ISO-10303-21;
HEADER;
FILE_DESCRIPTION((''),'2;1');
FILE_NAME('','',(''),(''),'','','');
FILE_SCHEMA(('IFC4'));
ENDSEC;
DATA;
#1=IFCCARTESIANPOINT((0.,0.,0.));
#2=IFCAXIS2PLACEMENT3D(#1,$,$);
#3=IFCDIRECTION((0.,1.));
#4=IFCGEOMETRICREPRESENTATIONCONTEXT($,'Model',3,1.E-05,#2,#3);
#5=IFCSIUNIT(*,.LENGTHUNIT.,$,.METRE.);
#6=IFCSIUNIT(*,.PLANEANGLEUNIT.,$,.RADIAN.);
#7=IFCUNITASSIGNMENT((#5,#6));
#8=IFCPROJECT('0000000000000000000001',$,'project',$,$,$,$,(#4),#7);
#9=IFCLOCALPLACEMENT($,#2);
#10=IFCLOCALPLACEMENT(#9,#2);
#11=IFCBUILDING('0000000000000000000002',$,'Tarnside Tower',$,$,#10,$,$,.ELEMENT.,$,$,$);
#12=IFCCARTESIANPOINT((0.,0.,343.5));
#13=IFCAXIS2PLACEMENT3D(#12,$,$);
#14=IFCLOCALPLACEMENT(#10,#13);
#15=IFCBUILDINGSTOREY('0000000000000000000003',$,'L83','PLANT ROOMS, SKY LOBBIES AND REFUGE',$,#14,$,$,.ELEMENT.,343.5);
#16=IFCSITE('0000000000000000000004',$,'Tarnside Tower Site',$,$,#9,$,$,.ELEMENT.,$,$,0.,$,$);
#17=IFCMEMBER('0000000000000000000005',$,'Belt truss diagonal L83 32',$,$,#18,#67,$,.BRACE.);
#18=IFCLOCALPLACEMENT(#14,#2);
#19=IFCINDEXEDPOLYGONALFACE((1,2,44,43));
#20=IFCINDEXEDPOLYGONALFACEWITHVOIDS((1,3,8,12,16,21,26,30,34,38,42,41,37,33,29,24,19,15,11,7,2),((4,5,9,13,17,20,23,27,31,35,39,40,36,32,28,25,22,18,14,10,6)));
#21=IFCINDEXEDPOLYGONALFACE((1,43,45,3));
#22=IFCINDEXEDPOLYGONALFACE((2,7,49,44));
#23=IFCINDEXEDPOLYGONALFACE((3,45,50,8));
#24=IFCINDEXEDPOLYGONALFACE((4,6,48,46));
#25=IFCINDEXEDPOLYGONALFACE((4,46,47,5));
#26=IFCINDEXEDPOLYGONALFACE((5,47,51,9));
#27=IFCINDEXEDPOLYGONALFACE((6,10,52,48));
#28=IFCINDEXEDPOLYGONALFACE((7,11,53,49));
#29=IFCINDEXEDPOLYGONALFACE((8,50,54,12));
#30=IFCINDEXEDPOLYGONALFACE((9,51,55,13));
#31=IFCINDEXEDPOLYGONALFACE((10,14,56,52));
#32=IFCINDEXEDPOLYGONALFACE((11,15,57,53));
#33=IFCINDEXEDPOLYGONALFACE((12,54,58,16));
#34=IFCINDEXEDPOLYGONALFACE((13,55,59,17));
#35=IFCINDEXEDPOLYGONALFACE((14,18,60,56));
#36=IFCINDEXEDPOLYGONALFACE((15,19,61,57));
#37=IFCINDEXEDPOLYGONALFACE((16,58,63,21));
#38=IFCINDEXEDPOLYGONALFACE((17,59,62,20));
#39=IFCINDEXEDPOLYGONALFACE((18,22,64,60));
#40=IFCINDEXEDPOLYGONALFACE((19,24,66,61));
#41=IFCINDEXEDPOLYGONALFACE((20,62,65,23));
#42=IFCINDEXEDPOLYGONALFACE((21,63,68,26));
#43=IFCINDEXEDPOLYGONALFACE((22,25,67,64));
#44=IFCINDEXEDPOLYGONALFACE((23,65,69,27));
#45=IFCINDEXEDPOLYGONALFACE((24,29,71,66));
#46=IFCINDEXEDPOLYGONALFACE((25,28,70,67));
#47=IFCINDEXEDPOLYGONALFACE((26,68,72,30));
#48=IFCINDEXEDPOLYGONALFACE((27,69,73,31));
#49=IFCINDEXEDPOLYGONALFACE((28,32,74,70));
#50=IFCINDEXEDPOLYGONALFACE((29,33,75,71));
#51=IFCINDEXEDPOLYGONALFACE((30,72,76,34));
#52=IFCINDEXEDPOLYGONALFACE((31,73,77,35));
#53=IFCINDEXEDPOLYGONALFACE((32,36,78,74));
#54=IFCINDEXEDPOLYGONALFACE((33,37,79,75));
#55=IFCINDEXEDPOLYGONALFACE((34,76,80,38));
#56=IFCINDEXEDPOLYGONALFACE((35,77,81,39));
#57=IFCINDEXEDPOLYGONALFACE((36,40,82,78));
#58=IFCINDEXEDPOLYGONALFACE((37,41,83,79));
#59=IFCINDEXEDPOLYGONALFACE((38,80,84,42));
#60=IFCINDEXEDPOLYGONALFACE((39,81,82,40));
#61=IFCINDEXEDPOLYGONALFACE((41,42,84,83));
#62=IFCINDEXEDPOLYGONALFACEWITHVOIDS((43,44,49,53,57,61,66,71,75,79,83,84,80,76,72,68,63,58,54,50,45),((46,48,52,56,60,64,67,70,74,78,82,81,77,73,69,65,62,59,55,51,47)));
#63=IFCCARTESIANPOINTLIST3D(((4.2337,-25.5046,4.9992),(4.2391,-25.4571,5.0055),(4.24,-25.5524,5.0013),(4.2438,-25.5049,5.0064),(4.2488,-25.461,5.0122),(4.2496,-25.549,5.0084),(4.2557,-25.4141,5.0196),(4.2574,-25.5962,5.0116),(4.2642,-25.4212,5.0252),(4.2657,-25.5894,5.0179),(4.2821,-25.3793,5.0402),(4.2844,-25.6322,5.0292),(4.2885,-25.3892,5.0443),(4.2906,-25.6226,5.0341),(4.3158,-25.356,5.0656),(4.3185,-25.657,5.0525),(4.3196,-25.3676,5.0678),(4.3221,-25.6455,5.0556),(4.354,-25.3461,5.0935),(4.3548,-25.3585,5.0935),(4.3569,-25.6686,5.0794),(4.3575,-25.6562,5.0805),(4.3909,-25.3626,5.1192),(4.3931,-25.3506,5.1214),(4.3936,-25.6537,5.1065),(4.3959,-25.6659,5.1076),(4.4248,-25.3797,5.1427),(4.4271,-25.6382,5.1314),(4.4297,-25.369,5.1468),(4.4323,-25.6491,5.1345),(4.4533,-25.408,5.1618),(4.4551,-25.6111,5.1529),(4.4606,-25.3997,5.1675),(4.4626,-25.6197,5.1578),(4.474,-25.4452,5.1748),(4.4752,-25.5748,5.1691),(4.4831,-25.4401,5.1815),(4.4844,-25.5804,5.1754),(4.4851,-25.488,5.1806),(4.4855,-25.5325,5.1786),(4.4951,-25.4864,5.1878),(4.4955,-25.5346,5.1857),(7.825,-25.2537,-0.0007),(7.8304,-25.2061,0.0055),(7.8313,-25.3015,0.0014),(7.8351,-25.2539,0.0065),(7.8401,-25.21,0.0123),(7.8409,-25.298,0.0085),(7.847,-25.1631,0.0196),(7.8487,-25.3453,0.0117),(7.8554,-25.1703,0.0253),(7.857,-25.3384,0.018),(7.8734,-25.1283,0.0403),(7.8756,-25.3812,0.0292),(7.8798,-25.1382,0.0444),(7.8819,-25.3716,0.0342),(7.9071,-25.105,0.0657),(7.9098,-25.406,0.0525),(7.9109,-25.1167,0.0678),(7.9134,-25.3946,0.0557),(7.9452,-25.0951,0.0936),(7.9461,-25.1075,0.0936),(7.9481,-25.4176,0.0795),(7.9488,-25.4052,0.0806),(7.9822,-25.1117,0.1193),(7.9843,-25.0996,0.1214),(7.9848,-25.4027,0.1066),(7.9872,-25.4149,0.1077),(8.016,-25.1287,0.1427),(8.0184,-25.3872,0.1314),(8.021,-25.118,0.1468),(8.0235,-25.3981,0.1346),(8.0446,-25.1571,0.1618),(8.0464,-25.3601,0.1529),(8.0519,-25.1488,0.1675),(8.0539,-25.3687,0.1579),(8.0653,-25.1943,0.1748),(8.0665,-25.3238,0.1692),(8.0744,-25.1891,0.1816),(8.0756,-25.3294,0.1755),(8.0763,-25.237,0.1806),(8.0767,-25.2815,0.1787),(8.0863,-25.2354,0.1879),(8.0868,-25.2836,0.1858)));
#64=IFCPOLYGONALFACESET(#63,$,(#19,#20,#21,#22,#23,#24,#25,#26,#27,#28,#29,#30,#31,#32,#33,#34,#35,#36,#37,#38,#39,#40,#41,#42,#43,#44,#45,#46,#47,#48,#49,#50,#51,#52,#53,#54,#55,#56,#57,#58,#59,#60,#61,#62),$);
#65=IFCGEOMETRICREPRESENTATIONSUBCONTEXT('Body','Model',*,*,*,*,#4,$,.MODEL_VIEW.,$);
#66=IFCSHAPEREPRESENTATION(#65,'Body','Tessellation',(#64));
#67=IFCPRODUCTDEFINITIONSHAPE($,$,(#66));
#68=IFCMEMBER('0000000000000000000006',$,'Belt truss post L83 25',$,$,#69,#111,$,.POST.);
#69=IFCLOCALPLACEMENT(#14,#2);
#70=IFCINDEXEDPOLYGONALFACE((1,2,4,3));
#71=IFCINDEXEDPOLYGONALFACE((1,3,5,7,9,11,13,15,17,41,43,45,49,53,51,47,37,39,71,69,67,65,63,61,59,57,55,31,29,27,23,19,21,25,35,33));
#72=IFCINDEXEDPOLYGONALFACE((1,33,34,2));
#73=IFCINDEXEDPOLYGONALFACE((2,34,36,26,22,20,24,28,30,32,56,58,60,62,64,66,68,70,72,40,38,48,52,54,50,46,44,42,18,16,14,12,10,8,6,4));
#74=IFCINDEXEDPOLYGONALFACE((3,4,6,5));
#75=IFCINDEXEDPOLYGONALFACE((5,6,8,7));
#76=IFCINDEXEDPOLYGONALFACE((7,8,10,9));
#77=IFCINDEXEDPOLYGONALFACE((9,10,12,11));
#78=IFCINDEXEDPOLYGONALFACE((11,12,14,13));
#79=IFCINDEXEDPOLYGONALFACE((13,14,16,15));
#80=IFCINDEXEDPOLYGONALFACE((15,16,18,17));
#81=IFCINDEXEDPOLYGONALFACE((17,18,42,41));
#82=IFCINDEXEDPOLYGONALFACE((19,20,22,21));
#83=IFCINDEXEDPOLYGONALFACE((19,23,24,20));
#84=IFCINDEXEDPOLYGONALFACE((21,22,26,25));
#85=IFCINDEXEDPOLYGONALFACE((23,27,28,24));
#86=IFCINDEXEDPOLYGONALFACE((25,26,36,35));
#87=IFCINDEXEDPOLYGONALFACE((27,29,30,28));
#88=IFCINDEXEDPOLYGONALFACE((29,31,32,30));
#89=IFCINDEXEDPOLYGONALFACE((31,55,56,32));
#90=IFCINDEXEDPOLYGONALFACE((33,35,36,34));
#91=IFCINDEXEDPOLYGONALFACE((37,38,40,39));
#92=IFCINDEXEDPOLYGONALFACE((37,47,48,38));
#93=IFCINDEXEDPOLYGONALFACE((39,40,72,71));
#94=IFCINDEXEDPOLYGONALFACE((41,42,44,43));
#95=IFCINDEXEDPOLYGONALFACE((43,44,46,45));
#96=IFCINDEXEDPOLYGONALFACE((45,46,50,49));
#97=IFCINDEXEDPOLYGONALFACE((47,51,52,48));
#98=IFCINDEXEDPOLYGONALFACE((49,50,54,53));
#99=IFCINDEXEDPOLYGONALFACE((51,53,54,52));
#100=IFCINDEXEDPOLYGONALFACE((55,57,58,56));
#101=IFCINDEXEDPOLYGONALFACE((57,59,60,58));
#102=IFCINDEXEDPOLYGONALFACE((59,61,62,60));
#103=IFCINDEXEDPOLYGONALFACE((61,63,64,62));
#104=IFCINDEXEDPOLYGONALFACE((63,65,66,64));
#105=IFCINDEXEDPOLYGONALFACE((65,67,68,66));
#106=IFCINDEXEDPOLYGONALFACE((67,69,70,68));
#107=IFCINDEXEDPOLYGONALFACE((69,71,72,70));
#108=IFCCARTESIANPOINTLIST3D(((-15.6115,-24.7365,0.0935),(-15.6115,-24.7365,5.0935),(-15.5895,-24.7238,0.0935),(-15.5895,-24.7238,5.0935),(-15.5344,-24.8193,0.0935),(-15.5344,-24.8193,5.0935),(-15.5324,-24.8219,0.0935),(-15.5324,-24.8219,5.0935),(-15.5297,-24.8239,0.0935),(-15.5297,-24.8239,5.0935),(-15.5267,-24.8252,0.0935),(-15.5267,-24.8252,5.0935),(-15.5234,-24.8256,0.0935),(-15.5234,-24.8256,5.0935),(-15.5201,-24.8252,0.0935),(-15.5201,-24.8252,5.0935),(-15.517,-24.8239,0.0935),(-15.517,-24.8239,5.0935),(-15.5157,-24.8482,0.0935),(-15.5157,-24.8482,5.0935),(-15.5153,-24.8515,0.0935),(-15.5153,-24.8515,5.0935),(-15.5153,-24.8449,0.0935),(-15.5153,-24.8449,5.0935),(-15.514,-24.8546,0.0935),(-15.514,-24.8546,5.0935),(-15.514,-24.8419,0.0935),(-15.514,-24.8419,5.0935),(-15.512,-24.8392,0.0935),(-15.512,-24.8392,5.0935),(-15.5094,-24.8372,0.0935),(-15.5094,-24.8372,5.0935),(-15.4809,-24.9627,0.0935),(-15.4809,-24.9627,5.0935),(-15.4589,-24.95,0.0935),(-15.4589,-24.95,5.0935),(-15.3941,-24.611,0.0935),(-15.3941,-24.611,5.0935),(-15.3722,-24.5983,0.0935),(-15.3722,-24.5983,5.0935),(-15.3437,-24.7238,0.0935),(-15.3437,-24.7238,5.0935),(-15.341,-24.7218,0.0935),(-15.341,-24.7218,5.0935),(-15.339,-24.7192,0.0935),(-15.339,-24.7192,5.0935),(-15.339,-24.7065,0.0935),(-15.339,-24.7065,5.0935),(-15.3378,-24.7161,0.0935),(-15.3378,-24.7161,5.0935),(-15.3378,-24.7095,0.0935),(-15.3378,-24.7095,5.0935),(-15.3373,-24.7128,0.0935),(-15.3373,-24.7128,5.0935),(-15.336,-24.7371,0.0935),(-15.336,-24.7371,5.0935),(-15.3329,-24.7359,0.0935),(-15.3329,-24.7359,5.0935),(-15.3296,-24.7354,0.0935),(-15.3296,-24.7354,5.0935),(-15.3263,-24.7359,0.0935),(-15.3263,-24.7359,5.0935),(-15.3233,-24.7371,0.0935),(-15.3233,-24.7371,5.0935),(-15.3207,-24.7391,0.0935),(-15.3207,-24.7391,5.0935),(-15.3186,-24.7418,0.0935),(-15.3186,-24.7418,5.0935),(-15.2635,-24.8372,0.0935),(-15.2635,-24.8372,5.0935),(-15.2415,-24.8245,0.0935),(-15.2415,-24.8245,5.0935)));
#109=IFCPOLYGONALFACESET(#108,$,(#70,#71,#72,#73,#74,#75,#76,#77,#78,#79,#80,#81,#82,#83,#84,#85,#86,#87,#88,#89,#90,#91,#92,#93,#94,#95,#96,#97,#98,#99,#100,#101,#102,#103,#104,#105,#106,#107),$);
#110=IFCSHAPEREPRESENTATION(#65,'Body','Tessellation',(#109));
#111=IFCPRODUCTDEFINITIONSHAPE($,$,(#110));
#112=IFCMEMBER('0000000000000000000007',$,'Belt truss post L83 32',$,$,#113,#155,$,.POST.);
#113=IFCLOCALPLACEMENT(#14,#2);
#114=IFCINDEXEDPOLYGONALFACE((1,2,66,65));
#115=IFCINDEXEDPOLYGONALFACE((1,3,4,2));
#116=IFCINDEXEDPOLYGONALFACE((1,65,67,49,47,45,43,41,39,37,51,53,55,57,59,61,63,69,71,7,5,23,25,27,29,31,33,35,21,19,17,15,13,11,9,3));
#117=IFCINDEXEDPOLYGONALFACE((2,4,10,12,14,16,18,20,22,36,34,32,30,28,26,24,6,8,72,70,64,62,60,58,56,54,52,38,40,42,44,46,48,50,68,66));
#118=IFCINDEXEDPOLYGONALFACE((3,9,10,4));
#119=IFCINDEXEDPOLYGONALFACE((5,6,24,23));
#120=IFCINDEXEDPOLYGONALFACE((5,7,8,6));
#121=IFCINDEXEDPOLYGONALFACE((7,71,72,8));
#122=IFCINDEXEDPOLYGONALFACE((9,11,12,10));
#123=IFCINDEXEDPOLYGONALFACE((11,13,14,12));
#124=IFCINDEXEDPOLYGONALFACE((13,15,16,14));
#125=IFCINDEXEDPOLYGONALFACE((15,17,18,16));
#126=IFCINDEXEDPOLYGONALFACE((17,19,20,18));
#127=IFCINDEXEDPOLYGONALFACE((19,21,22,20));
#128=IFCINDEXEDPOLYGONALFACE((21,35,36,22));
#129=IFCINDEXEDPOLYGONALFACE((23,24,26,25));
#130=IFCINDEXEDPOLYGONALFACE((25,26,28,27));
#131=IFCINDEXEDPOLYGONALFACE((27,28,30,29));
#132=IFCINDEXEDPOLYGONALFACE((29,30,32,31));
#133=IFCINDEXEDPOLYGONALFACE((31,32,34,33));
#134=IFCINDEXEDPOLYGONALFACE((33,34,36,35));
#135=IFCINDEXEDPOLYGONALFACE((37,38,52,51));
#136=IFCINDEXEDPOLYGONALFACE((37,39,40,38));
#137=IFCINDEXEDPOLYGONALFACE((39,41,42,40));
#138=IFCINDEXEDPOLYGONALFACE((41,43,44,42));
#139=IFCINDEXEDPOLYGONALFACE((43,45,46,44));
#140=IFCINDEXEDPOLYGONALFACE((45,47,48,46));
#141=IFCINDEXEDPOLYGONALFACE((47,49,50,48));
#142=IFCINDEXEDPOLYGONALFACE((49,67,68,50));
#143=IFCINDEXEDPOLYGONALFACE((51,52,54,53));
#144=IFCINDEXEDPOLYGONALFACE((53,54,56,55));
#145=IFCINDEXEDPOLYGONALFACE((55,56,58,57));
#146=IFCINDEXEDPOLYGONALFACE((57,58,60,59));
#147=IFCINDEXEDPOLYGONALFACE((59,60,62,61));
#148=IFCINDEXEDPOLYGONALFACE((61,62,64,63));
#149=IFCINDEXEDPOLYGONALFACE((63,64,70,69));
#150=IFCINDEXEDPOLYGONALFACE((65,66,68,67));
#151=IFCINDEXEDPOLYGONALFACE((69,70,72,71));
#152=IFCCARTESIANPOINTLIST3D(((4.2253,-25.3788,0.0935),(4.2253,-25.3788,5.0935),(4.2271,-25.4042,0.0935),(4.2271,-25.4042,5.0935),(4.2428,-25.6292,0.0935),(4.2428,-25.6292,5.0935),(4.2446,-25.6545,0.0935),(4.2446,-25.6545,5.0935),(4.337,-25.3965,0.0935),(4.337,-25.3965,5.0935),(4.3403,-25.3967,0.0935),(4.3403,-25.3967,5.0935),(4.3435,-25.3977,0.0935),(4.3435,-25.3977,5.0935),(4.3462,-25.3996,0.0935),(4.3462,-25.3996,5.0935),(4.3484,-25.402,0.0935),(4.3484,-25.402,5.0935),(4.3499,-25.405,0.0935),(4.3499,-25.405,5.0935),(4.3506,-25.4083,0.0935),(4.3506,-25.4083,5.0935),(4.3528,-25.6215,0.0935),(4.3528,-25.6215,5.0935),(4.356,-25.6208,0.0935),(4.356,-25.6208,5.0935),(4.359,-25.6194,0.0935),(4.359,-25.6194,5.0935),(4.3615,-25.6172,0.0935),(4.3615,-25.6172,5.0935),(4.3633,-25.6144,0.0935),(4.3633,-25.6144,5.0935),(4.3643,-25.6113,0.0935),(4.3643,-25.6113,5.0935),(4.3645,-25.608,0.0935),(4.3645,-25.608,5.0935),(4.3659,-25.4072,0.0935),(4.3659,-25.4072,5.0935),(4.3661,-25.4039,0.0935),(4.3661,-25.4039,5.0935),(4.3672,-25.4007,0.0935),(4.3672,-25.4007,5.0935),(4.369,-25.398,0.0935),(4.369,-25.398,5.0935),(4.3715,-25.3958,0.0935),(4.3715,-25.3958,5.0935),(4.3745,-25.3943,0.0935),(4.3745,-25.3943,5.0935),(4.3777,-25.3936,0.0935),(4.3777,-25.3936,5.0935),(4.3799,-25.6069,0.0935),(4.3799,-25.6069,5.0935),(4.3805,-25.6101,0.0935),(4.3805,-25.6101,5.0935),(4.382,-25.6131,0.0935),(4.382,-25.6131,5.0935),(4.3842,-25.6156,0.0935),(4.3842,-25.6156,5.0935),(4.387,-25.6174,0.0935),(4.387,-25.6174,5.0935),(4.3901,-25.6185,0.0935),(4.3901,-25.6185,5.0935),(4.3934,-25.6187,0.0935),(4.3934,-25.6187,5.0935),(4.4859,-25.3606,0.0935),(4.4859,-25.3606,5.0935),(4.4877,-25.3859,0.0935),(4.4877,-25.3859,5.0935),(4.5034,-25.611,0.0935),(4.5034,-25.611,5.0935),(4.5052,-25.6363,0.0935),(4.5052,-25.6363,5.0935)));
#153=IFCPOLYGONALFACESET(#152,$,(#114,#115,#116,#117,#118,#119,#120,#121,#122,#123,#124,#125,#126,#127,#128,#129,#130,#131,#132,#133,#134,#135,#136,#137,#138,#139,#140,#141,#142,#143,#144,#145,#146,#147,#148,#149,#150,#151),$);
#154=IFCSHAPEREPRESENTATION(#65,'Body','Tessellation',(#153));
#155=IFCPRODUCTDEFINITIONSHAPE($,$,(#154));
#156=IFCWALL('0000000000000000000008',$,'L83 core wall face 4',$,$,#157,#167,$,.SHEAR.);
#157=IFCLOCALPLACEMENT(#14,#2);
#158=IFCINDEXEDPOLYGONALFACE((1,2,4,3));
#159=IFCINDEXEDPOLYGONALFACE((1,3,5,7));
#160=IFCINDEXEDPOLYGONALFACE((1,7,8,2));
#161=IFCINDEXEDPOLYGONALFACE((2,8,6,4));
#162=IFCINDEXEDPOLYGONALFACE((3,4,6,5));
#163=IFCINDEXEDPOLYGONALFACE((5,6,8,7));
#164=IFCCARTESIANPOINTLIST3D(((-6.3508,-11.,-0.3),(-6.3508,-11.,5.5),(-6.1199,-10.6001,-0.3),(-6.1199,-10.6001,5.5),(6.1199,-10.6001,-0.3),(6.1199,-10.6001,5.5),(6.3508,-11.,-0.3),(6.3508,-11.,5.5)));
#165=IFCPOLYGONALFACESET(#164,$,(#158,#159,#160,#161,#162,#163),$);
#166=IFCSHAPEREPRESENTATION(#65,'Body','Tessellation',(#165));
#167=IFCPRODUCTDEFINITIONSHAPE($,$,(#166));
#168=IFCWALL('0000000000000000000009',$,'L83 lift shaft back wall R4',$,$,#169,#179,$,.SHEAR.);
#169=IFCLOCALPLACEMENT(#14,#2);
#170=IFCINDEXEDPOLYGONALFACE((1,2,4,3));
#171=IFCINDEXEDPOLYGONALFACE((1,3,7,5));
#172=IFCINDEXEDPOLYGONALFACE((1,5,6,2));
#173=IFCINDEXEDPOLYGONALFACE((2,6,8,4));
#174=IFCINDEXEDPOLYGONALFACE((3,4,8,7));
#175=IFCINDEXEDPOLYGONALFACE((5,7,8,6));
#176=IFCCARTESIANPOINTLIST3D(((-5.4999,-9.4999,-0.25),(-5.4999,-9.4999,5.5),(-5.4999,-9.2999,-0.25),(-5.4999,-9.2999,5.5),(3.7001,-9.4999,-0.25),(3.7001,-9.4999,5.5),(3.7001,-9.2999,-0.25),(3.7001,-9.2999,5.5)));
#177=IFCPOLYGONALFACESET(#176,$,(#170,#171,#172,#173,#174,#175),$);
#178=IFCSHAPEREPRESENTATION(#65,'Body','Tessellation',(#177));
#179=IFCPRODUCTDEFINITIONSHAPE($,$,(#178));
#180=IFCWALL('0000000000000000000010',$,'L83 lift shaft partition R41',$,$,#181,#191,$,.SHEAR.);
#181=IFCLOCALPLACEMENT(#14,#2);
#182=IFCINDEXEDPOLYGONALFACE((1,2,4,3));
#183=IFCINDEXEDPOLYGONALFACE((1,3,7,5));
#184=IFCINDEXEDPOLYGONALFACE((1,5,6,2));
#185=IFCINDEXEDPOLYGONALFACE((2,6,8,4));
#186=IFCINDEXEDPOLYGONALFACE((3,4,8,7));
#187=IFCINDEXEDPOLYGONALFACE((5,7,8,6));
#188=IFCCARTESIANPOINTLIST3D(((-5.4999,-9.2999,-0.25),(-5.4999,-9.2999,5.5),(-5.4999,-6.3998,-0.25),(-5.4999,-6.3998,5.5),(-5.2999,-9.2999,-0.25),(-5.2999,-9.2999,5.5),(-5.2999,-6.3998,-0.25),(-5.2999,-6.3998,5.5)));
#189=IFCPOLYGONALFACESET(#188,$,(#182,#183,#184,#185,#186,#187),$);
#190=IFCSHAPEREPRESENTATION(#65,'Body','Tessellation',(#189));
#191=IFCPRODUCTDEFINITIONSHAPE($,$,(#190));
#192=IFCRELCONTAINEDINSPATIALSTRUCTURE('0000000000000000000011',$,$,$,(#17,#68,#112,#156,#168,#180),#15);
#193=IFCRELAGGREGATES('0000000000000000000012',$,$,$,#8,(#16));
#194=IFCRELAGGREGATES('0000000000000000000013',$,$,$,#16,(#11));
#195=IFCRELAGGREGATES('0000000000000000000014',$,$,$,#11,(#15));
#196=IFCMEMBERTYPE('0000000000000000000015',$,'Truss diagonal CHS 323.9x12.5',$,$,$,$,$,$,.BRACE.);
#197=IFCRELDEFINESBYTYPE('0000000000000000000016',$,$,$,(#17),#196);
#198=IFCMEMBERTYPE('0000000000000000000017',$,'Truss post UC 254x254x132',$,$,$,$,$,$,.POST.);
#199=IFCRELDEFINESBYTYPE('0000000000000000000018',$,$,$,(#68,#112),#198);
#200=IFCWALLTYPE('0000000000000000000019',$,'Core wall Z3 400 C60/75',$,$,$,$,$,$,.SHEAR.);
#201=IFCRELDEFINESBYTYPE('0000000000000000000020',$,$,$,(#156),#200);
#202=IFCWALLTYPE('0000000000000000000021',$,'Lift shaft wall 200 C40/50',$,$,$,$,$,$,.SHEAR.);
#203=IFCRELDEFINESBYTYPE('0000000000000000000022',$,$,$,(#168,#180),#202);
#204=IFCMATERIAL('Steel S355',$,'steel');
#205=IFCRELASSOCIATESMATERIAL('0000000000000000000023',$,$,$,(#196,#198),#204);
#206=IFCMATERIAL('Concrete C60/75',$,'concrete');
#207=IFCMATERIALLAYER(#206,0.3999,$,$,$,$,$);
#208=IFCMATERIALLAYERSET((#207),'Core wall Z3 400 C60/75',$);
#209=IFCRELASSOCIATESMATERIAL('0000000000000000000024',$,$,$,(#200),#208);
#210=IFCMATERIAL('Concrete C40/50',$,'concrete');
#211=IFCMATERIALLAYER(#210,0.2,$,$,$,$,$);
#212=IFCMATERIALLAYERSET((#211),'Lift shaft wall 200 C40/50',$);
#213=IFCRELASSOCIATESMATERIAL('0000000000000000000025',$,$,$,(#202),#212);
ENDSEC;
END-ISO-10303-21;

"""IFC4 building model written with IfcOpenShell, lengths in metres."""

from ifc_helpers import new_model, si_unit, direction, frame, frame_2d, origin, origin_2d, place, context, subcontext, project, spatial, polyline, rectangle, hollow_circle, i_section, outline, extrude, material, layer, layer_set, material_profile, profile_set, type_object, element, save


model = new_model("IFC4")

# Units and contexts
model_context = context("Model", 3, precision=1e-05, world=origin(), true_north=direction((0.0, 1.0)))
body_context = subcontext(model_context, "Body", "Model", "MODEL_VIEW")
ifc_project = project(units=[si_unit("LENGTHUNIT", "METRE"), si_unit("PLANEANGLEUNIT", "RADIAN")], contexts=[model_context])

# Site, building, storey
site_placement = place(None, origin())
site = spatial("IfcSite", under=ifc_project, at=site_placement, Name="Tarnside Tower Site", CompositionType="ELEMENT", RefElevation=0.0)
building_placement = place(site_placement, origin())
building = spatial("IfcBuilding", under=site, at=building_placement, Name="Tarnside Tower", CompositionType="ELEMENT")
storey_placement = place(building_placement, frame((0.0, 0.0, 343.5)))
storey = spatial("IfcBuildingStorey", under=building, at=storey_placement, Name="L83", Description="PLANT ROOMS, SKY LOBBIES AND REFUGE", CompositionType="ELEMENT", Elevation=343.5)

# Shared definitions
ifc_material_1 = material(Name="Steel S355", Category="steel")

# Members
ifc_material_profile_1 = material_profile(ifc_material_1, hollow_circle(Radius=0.1619, WallThickness=0.0125, at=origin_2d()), Name="CHS 323.9x12.5")
ifc_profile_set_1 = profile_set([ifc_material_profile_1], Name="Steel S355")
member_type_1 = type_object("IfcMemberType", Name="Truss diagonal CHS 323.9x12.5", PredefinedType="BRACE", material=ifc_profile_set_1)
member_1_placement = place(storey_placement, frame((4.3652, -25.5076, 5.0935), z_axis=(0.58289, 0.040735, -0.811529), x_axis=(-0.069714, 0.997567, 0.0)))
element("IfcMember", 1, at=member_1_placement, inside=storey, type_object=member_type_1, Name="Belt truss diagonal L83 32", PredefinedType="BRACE", context=body_context, shape_type="SweptSolid", body=[
    extrude(hollow_circle(Radius=0.1619, WallThickness=0.0125, at=origin_2d()), origin(), (0.0, 0.0, 1.0), 6.1611),
])
ifc_material_profile_2 = material_profile(ifc_material_1, i_section(OverallWidth=0.2612, OverallDepth=0.2764, WebThickness=0.0154, FlangeThickness=0.0254, FilletRadius=0.0127, at=origin_2d()), Name="UC 254x254x132")
ifc_profile_set_2 = profile_set([ifc_material_profile_2], Name="Steel S355")
member_type_2 = type_object("IfcMemberType", Name="Truss post UC 254x254x132", PredefinedType="POST", material=ifc_profile_set_2)
for number, where, z_axis, x_axis, name in (
    (2, (-15.4265, -24.7805, 0.0935), (0.0, 0.0, 1.0), (0.5, -0.866025, 0.0), "Belt truss post L83 25"),
    (3, (4.3652, -25.5076, 0.0935), (0.0, 0.0, 1.0), (0.997564, 0.069756, 0.0), "Belt truss post L83 32"),
):
    element("IfcMember", number, at=place(storey_placement, frame(where, z_axis=z_axis, x_axis=x_axis)), inside=storey, type_object=member_type_2, Name=name, PredefinedType="POST", context=body_context, shape_type="SweptSolid", body=[
        extrude(i_section(OverallWidth=0.2612, OverallDepth=0.2764, WebThickness=0.0154, FlangeThickness=0.0254, FilletRadius=0.0127, at=origin_2d()), origin(), (0.0, 0.0, 1.0), 5.0),
    ])

# Walls
ifc_material_2 = material(Name="Concrete C60/75", Category="concrete")
ifc_layer_1 = layer(ifc_material_2, 0.3999)
ifc_layer_set_1 = layer_set([ifc_layer_1], Name="Core wall Z3 400 C60/75")
wall_type_1 = type_object("IfcWallType", Name="Core wall Z3 400 C60/75", PredefinedType="SHEAR", material=ifc_layer_set_1)
wall_1_placement = place(storey_placement, frame((-6.2354, -10.8, -0.3), z_axis=(0.0, 0.0, 1.0), x_axis=(1.0, 0.0, 0.0)))
element("IfcWall", 4, at=wall_1_placement, inside=storey, type_object=wall_type_1, Name="L83 core wall face 4", PredefinedType="SHEAR", context=body_context, shape_type="SweptSolid", body=[
    extrude(outline(polyline([(-0.1155, -0.2), (12.5862, -0.2), (12.3552, 0.2), (0.1155, 0.2), (-0.1155, -0.2)])), origin(), (0.0, 0.0, 1.0), 5.8),
])
ifc_material_3 = material(Name="Concrete C40/50", Category="concrete")
ifc_layer_2 = layer(ifc_material_3, 0.2)
ifc_layer_set_2 = layer_set([ifc_layer_2], Name="Lift shaft wall 200 C40/50")
wall_type_2 = type_object("IfcWallType", Name="Lift shaft wall 200 C40/50", PredefinedType="SHEAR", material=ifc_layer_set_2)
wall_2_placement = place(storey_placement, frame((-5.5, -9.3999, -0.25), z_axis=(0.0, 0.0, 1.0), x_axis=(1.0, 0.0, 0.0)))
element("IfcWall", 5, at=wall_2_placement, inside=storey, type_object=wall_type_2, Name="L83 lift shaft back wall R4", PredefinedType="SHEAR", context=body_context, shape_type="SweptSolid", body=[
    extrude(rectangle(XDim=9.2, YDim=0.2, at=frame_2d((4.6001, 0.0))), origin(), (0.0, 0.0, 1.0), 5.75),
])
for number, where, z_axis, x_axis, name in (
    (6, (-5.3999, -9.3, -0.25), (0.0, 0.0, 1.0), (0.0, 1.0, 0.0), "L83 lift shaft partition R41"),
):
    element("IfcWall", number, at=place(storey_placement, frame(where, z_axis=z_axis, x_axis=x_axis)), inside=storey, type_object=wall_type_2, Name=name, PredefinedType="SHEAR", context=body_context, shape_type="SweptSolid", body=[
        extrude(rectangle(XDim=2.9001, YDim=0.2, at=frame_2d((1.4502, 0.0))), origin(), (0.0, 0.0, 1.0), 5.75),
    ])

save(model, "model.ifc")
